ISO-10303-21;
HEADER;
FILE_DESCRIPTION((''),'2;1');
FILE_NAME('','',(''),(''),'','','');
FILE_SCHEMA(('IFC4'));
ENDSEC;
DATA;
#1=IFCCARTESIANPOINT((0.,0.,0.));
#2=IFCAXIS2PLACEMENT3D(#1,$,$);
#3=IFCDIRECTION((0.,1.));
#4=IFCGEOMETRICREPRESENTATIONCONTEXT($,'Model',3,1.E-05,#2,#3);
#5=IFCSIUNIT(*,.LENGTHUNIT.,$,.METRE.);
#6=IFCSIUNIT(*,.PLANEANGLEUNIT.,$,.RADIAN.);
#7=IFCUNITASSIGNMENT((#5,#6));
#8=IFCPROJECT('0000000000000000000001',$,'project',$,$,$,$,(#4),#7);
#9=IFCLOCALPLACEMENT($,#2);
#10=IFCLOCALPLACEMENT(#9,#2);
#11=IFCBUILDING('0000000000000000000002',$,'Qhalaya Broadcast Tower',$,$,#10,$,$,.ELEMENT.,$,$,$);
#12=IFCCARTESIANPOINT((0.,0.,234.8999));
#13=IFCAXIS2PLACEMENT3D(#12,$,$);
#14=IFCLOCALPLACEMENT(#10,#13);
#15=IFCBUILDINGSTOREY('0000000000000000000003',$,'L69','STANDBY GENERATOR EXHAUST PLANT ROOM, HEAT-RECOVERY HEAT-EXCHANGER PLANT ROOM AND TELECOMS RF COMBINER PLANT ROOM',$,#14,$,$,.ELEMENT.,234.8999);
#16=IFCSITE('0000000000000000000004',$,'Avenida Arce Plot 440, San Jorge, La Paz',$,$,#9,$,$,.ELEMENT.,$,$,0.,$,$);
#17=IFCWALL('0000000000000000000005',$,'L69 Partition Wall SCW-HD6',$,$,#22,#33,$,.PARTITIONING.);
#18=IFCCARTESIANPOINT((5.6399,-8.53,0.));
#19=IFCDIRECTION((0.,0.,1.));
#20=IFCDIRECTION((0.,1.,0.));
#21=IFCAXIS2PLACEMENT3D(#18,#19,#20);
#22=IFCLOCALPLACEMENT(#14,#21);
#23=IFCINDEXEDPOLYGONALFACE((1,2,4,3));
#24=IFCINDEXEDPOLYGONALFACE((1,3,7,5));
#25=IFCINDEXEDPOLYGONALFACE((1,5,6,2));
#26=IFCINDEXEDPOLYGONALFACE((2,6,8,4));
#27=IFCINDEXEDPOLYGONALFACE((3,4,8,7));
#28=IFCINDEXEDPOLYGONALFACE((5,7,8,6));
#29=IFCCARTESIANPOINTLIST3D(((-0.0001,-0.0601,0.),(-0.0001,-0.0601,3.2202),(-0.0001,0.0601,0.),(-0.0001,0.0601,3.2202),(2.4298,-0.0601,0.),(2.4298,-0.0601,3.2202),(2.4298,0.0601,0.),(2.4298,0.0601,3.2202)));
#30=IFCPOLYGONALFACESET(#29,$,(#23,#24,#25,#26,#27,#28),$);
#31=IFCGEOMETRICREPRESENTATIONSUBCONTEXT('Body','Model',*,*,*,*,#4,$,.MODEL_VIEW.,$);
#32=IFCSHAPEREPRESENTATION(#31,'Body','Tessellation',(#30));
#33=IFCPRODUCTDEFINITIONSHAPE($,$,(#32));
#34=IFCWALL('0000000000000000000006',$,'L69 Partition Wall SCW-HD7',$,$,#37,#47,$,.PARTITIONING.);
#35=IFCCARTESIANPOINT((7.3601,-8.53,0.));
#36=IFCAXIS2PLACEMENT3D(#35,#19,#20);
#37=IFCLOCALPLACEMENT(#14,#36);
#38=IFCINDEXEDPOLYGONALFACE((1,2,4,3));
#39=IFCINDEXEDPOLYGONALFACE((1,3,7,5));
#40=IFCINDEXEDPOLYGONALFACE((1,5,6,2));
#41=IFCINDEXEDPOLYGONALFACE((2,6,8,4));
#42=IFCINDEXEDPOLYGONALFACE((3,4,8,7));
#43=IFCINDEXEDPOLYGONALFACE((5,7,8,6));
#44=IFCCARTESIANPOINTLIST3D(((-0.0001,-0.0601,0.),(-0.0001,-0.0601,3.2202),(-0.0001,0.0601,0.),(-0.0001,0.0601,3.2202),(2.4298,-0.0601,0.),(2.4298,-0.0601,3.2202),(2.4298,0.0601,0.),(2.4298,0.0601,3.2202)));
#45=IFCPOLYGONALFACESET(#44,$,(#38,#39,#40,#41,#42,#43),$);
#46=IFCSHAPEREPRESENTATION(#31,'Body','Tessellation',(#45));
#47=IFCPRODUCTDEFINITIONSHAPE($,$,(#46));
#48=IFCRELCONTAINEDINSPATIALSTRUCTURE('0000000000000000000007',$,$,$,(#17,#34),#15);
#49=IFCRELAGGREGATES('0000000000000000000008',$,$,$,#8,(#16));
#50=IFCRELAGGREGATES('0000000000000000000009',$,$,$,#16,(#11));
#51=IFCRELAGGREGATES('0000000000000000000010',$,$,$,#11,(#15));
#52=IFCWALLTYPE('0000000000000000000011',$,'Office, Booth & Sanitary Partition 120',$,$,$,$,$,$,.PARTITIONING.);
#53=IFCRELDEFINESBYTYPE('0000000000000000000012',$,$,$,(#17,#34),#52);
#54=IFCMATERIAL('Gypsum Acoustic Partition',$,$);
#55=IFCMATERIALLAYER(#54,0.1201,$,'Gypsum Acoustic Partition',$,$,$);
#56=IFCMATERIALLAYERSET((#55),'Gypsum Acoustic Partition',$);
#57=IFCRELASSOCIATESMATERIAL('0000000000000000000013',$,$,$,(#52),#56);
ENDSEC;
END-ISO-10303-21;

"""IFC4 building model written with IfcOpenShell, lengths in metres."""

from ifc_helpers import new_model, si_unit, direction, frame, frame_2d, origin, place, context, subcontext, project, spatial, rectangle, extrude, material, layer, layer_set, type_object, element, save


model = new_model("IFC4")

# Units and contexts
model_context = context("Model", 3, precision=1e-05, world=origin(), true_north=direction((0.0, 1.0)))
body_context = subcontext(model_context, "Body", "Model", "MODEL_VIEW")
ifc_project = project(units=[si_unit("LENGTHUNIT", "METRE"), si_unit("PLANEANGLEUNIT", "RADIAN")], contexts=[model_context])

# Site, building, storey
site_placement = place(None, origin())
site = spatial("IfcSite", under=ifc_project, at=site_placement, Name="Avenida Arce Plot 440, San Jorge, La Paz", CompositionType="ELEMENT", RefElevation=0.0)
building_placement = place(site_placement, origin())
building = spatial("IfcBuilding", under=site, at=building_placement, Name="Qhalaya Broadcast Tower", CompositionType="ELEMENT")
storey_placement = place(building_placement, frame((0.0, 0.0, 234.8999)))
storey = spatial("IfcBuildingStorey", under=building, at=storey_placement, Name="L69", Description="STANDBY GENERATOR EXHAUST PLANT ROOM, HEAT-RECOVERY HEAT-EXCHANGER PLANT ROOM AND TELECOMS RF COMBINER PLANT ROOM", CompositionType="ELEMENT", Elevation=234.8999)

# Shared definitions
ifc_material_1 = material(Name="Gypsum Acoustic Partition")

# Walls
ifc_layer_1 = layer(ifc_material_1, 0.1201, Name="Gypsum Acoustic Partition")
ifc_layer_set_1 = layer_set([ifc_layer_1], Name="Gypsum Acoustic Partition")
wall_type_1 = type_object("IfcWallType", Name="Office, Booth & Sanitary Partition 120", PredefinedType="PARTITIONING", material=ifc_layer_set_1)
for number, where, z_axis, x_axis, name in (
    (1, (5.6399, -8.53, 0.0), (0.0, 0.0, 1.0), (0.0, 1.0, 0.0), "L69 Partition Wall SCW-HD6"),
    (2, (7.3601, -8.53, 0.0), (0.0, 0.0, 1.0), (0.0, 1.0, 0.0), "L69 Partition Wall SCW-HD7"),
):
    element("IfcWall", number, at=place(storey_placement, frame(where, z_axis=z_axis, x_axis=x_axis)), inside=storey, type_object=wall_type_1, Name=name, PredefinedType="PARTITIONING", context=body_context, shape_type="SweptSolid", body=[
        extrude(rectangle(XDim=2.4299, YDim=0.1201, at=frame_2d((1.2148, 0.0))), origin(), (0.0, 0.0, 1.0), 3.2202),
    ])

save(model, "model.ifc")
